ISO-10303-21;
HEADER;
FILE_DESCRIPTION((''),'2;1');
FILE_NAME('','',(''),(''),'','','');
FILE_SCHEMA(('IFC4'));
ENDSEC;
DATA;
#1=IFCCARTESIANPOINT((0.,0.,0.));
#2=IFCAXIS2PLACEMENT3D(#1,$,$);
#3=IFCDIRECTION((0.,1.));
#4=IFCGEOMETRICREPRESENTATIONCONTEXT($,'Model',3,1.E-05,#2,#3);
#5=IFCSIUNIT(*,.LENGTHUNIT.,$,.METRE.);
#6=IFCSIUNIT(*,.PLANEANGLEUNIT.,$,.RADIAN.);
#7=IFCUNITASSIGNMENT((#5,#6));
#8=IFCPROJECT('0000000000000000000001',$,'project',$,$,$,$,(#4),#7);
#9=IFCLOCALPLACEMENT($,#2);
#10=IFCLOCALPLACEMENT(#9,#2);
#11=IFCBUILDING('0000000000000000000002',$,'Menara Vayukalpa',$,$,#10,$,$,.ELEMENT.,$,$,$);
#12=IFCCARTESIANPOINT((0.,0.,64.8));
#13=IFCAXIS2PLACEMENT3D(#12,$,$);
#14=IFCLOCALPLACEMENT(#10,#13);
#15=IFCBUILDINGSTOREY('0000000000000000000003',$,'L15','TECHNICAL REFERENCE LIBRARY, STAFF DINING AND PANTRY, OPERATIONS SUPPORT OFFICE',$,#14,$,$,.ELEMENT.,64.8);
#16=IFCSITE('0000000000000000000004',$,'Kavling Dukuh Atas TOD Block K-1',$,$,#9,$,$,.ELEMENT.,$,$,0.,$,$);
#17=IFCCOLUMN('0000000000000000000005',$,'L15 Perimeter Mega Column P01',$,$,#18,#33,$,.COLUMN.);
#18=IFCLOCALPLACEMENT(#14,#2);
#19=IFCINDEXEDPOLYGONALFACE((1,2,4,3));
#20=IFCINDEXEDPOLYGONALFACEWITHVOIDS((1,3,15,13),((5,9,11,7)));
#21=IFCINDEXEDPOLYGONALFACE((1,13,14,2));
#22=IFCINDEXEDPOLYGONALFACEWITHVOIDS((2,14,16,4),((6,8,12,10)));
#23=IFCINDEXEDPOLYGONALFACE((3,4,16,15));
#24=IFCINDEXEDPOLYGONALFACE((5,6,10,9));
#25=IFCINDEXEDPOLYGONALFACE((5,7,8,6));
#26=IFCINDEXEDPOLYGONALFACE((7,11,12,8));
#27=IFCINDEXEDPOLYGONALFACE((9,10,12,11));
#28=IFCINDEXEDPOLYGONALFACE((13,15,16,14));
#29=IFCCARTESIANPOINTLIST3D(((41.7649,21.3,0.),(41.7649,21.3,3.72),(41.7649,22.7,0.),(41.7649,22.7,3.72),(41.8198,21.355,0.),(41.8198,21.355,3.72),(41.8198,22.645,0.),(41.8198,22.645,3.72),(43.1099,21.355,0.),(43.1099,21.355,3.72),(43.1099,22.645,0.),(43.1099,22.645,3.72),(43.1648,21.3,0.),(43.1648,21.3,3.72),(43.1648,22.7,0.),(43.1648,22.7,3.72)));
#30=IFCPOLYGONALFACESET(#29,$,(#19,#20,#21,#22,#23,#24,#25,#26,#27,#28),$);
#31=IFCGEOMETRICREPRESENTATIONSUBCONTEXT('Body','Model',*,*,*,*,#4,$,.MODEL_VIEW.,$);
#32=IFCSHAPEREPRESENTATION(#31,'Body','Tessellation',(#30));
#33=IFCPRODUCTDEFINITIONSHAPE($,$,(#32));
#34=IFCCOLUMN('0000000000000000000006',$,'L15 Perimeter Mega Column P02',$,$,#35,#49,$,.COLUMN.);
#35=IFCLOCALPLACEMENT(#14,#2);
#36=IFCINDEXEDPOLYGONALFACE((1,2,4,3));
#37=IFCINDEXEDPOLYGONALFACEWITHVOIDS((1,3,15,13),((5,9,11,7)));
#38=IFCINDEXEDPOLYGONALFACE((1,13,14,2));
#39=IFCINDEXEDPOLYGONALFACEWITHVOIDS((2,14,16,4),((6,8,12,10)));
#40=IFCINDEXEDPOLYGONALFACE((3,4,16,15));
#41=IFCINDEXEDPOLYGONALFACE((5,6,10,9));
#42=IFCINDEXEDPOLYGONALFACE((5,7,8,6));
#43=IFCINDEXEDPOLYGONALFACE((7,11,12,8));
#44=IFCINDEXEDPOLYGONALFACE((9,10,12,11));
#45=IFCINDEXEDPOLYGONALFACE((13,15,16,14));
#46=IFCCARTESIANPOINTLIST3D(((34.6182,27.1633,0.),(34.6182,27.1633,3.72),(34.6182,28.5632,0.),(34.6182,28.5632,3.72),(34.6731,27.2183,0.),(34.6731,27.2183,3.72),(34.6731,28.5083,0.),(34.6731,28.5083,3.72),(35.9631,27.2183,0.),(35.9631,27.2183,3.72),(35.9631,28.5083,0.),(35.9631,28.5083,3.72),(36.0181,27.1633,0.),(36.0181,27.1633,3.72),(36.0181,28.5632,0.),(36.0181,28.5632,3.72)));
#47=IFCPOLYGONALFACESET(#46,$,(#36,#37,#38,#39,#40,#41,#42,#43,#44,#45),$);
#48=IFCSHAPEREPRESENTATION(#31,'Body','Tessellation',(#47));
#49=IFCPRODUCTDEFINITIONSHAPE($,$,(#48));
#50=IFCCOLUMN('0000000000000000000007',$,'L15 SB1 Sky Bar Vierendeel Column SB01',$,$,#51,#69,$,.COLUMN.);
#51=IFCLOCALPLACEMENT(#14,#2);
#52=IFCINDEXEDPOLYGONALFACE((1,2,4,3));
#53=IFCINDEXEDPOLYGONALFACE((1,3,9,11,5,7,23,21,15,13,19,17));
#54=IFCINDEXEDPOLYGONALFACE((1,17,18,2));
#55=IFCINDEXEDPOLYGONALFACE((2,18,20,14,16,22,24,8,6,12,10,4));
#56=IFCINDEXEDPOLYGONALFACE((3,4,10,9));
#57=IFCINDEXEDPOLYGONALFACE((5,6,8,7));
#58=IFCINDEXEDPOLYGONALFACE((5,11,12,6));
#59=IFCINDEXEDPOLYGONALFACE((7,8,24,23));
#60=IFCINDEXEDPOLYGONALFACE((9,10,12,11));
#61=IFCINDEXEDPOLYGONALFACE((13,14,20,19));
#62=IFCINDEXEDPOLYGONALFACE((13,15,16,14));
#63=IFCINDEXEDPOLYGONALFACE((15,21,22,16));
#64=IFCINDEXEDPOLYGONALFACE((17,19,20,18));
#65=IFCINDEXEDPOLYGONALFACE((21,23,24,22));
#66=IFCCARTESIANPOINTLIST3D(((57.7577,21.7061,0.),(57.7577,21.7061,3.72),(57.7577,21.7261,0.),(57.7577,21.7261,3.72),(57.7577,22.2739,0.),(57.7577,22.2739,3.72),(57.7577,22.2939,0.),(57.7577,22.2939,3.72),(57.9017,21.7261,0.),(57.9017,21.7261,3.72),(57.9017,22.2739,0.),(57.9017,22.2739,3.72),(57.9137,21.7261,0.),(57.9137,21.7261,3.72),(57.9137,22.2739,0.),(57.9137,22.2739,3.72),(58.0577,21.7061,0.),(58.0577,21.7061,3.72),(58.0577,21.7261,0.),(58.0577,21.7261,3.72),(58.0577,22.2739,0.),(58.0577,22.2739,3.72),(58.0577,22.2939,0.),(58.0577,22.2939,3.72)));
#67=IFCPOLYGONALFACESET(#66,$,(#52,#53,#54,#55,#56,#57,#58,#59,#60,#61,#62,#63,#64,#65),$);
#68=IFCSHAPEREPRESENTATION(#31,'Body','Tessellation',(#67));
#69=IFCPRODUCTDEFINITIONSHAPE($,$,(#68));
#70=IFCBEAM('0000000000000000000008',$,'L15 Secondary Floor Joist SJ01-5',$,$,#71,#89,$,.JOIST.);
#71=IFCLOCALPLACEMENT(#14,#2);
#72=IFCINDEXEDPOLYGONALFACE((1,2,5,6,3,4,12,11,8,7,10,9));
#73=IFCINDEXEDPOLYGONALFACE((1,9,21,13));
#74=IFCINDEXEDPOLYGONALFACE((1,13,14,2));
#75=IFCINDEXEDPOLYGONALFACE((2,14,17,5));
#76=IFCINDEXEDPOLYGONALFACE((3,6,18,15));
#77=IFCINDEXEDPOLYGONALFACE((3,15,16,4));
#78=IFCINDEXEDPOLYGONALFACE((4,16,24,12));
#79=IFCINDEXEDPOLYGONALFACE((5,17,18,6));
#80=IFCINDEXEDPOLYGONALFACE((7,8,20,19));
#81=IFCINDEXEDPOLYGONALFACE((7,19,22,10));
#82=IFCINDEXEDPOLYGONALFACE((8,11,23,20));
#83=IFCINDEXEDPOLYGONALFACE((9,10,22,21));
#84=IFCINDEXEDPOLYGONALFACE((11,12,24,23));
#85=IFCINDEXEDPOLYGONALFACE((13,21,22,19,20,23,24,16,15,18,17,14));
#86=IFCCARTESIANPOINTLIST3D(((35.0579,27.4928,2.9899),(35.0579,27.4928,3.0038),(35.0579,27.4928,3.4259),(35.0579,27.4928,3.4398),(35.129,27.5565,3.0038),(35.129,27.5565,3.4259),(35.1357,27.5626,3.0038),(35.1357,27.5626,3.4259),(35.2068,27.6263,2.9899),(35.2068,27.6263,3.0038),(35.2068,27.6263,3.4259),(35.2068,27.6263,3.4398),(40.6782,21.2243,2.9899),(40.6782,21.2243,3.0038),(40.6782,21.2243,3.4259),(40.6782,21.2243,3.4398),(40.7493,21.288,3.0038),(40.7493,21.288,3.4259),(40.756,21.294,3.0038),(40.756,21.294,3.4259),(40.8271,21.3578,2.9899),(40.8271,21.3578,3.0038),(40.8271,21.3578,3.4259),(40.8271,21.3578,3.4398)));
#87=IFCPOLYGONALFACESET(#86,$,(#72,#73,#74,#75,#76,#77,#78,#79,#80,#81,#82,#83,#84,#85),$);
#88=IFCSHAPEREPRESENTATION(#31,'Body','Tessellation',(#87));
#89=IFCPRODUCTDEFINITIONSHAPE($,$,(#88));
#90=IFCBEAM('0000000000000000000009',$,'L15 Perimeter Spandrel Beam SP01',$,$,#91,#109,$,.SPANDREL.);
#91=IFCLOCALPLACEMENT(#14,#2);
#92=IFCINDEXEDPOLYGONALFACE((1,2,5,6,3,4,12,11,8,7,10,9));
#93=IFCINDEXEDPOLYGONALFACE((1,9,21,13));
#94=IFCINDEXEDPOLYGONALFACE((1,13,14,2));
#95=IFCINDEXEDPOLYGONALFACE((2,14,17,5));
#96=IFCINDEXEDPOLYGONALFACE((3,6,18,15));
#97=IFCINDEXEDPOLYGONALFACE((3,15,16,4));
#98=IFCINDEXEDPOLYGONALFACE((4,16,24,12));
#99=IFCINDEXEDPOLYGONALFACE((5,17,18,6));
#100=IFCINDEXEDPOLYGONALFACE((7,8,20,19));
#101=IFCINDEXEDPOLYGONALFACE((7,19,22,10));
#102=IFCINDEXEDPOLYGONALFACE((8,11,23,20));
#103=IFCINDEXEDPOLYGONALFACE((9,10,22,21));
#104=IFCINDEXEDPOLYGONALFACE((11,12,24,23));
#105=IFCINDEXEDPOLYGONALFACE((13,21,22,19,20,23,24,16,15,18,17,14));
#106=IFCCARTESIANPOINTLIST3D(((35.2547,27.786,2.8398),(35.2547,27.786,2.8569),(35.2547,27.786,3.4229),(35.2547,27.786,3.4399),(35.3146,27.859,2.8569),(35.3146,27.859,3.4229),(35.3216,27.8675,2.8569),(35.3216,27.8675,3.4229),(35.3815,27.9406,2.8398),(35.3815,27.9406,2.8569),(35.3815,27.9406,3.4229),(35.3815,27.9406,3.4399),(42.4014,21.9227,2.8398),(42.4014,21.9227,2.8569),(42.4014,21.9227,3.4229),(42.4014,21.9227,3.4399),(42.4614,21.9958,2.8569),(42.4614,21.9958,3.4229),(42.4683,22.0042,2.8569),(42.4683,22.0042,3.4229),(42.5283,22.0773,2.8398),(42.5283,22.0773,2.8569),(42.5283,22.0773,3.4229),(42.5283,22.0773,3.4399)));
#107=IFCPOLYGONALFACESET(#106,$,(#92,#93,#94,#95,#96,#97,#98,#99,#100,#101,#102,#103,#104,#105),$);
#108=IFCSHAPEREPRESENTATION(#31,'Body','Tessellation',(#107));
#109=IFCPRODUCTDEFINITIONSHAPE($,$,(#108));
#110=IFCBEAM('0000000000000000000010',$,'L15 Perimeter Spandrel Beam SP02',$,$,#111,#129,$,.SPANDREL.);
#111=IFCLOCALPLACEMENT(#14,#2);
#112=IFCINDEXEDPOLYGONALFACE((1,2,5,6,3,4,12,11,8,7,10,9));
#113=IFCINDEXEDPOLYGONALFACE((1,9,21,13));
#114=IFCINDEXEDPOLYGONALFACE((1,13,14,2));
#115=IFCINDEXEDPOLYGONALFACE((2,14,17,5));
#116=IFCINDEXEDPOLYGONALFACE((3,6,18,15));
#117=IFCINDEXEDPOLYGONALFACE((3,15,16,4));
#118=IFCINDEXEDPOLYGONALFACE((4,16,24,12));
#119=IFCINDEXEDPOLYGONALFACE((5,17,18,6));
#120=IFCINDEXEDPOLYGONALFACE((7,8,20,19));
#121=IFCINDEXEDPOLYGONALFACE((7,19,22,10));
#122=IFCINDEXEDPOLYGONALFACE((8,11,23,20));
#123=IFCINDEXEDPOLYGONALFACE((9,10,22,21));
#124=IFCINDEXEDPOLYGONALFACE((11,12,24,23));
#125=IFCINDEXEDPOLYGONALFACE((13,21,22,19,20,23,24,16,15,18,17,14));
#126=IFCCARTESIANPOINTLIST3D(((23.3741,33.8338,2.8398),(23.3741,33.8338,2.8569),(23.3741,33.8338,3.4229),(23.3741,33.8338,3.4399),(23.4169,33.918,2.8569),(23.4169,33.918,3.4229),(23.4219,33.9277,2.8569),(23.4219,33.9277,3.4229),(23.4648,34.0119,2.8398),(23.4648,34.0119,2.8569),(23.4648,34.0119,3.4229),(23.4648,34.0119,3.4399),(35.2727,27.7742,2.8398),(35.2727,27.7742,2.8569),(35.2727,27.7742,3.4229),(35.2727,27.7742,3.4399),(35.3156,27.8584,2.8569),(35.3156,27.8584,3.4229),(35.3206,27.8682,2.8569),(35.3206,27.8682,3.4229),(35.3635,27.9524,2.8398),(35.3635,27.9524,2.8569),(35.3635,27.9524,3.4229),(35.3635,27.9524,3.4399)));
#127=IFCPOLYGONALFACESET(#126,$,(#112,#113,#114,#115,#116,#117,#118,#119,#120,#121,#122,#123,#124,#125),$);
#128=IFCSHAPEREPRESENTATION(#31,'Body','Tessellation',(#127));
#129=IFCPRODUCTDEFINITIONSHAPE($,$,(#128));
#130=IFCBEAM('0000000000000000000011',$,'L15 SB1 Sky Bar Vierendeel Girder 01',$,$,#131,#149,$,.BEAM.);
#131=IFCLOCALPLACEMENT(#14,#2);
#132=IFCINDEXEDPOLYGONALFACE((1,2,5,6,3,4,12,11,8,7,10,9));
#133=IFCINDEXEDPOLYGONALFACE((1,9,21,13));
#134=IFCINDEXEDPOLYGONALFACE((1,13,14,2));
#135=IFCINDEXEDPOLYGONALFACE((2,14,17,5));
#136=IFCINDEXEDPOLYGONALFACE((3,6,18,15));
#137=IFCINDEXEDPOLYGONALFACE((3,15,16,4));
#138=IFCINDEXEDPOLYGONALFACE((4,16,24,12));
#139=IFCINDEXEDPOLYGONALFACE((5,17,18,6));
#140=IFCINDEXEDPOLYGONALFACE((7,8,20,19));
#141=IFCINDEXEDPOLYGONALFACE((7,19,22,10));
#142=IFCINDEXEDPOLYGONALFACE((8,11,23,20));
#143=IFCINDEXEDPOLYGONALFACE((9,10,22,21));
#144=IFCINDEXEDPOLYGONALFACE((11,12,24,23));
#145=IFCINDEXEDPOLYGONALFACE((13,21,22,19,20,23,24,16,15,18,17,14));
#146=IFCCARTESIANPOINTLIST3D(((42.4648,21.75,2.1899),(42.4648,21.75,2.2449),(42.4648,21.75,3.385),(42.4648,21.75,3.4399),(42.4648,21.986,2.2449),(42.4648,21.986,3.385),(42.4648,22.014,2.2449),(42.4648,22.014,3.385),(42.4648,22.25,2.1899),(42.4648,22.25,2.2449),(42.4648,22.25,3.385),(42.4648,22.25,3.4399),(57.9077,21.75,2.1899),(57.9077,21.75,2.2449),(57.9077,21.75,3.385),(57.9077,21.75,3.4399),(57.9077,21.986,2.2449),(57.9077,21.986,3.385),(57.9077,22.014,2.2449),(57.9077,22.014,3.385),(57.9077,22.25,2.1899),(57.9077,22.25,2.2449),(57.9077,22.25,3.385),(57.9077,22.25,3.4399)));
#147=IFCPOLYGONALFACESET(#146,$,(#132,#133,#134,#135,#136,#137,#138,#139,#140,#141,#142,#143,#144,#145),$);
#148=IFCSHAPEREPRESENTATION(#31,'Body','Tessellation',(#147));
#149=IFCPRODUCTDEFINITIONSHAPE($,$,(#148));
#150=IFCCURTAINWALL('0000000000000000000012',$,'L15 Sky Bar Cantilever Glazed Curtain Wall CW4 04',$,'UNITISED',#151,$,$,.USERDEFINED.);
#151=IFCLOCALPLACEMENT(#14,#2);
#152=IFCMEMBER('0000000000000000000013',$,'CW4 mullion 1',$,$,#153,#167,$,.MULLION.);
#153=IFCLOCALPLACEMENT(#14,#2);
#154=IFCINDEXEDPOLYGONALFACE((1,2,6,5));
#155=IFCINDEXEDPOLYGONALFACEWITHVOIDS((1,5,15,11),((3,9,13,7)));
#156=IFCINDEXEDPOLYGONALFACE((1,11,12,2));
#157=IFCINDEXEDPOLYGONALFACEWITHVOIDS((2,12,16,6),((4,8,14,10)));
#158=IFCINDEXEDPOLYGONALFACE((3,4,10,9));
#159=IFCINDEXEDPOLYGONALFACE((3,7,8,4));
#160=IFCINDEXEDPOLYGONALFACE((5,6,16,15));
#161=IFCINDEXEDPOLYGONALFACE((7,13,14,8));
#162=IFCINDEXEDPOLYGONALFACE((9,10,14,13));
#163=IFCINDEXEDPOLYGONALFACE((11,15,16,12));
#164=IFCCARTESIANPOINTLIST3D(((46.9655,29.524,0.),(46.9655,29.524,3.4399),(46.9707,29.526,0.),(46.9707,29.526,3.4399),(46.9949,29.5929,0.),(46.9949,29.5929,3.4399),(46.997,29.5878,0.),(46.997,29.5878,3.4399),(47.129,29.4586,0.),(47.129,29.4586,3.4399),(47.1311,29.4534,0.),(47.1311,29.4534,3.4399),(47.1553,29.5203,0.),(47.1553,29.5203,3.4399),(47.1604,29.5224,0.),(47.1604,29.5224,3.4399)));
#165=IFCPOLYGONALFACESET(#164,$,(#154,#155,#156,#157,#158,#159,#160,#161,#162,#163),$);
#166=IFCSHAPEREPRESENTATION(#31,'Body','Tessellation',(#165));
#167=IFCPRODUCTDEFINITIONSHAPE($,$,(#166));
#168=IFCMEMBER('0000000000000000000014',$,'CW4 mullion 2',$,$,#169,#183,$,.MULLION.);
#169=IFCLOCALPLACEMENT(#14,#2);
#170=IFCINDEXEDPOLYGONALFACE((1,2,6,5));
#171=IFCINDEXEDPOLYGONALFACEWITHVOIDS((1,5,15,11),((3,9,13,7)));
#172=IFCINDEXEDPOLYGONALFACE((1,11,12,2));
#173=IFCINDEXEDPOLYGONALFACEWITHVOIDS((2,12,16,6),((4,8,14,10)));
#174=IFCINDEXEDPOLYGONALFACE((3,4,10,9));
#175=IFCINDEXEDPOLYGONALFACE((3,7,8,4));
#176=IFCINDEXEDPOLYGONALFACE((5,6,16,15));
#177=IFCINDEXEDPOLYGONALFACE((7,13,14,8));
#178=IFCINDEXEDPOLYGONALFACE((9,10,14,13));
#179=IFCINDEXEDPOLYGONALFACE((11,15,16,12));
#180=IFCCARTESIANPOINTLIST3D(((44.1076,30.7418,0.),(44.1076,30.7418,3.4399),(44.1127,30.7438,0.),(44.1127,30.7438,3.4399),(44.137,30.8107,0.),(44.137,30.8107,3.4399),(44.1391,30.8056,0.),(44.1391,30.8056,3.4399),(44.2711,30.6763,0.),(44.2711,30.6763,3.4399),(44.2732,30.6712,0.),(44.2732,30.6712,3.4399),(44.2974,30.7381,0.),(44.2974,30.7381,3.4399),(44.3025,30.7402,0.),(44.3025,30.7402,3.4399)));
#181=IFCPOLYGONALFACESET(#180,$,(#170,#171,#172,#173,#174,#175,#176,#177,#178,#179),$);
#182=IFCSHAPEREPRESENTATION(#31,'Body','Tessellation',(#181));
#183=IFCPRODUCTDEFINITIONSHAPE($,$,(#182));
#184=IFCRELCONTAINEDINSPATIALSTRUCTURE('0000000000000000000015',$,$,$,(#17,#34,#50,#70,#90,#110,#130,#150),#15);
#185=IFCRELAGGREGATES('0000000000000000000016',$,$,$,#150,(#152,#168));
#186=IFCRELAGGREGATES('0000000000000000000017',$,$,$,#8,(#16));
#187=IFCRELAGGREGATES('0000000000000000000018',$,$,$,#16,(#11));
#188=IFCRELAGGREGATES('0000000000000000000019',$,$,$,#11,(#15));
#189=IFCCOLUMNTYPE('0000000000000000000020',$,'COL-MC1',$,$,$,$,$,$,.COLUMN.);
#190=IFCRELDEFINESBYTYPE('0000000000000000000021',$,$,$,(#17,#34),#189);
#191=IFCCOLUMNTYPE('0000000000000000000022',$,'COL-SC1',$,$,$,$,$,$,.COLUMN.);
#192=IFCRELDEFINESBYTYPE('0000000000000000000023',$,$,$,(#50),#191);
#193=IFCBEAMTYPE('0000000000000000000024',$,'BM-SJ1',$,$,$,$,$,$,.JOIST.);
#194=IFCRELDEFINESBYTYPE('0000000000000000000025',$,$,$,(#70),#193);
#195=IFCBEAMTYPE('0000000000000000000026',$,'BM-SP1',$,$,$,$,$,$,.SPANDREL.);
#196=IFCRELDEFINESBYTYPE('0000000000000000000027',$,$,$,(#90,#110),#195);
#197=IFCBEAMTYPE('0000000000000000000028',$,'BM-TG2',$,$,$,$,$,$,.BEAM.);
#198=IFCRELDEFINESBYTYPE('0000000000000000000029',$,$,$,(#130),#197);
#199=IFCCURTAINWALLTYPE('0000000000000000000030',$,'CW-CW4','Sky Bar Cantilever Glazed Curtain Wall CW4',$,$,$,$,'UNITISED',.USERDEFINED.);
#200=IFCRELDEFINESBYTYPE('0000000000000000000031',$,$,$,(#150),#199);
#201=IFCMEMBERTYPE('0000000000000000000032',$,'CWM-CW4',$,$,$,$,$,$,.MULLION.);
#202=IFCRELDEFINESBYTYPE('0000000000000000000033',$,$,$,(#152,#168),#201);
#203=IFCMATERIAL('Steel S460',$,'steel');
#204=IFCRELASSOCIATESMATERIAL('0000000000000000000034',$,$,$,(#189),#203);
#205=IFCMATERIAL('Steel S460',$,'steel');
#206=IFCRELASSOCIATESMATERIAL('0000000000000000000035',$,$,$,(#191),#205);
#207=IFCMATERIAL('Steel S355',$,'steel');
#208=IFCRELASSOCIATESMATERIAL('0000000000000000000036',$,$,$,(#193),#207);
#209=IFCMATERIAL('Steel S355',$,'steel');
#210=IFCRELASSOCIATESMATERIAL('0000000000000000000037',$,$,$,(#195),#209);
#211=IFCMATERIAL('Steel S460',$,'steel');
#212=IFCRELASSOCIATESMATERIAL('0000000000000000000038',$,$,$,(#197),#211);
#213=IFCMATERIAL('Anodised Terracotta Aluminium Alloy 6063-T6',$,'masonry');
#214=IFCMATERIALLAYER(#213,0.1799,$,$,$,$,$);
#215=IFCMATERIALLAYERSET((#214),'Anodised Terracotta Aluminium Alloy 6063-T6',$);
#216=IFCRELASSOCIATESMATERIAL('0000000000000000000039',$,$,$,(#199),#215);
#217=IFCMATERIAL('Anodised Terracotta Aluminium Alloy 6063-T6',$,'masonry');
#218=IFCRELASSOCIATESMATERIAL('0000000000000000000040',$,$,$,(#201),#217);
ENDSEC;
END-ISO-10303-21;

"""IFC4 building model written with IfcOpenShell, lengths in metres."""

from ifc_helpers import new_model, si_unit, direction, frame, origin, origin_2d, place, context, subcontext, project, spatial, hollow_rectangle, i_section, extrude, material, layer, layer_set, material_profile, profile_set, type_object, element, aggregate, save


model = new_model("IFC4")

# Units and contexts
model_context = context("Model", 3, precision=1e-05, world=origin(), true_north=direction((0.0, 1.0)))
body_context = subcontext(model_context, "Body", "Model", "MODEL_VIEW")
ifc_project = project(units=[si_unit("LENGTHUNIT", "METRE"), si_unit("PLANEANGLEUNIT", "RADIAN")], contexts=[model_context])

# Site, building, storey
site_placement = place(None, origin())
site = spatial("IfcSite", under=ifc_project, at=site_placement, Name="Kavling Dukuh Atas TOD Block K-1", CompositionType="ELEMENT", RefElevation=0.0)
building_placement = place(site_placement, origin())
building = spatial("IfcBuilding", under=site, at=building_placement, Name="Menara Vayukalpa", CompositionType="ELEMENT")
storey_placement = place(building_placement, frame((0.0, 0.0, 64.8)))
storey = spatial("IfcBuildingStorey", under=building, at=storey_placement, Name="L15", Description="TECHNICAL REFERENCE LIBRARY, STAFF DINING AND PANTRY, OPERATIONS SUPPORT OFFICE", CompositionType="ELEMENT", Elevation=64.8)

# Columns
ifc_material_1 = material(Name="Steel S460", Category="steel")
ifc_material_profile_1 = material_profile(ifc_material_1, hollow_rectangle(XDim=1.3999, YDim=1.3999, WallThickness=0.0549, at=origin_2d()), Name="BOX 1400x1400x55")
ifc_profile_set_1 = profile_set([ifc_material_profile_1], Name="Steel S460")
column_type_1 = type_object("IfcColumnType", Name="COL-MC1", PredefinedType="COLUMN", material=ifc_profile_set_1)
for number, where, z_axis, x_axis, name in (
    (1, (42.4648, 22.0, 0.0), (0.0, 0.0, 1.0), (1.0, 0.0, 0.0), "L15 Perimeter Mega Column P01"),
    (2, (35.3181, 27.8633, 0.0), (0.0, 0.0, 1.0), (1.0, 0.0, 0.0), "L15 Perimeter Mega Column P02"),
):
    element("IfcColumn", number, at=place(storey_placement, frame(where, z_axis=z_axis, x_axis=x_axis)), inside=storey, type_object=column_type_1, Name=name, PredefinedType="COLUMN", context=body_context, shape_type="SweptSolid", body=[
        extrude(hollow_rectangle(XDim=1.3999, YDim=1.3999, WallThickness=0.0549, at=origin_2d()), origin(), (0.0, 0.0, 1.0), 3.72),
    ])
ifc_material_2 = material(Name="Steel S460", Category="steel")
ifc_material_profile_2 = material_profile(ifc_material_2, i_section(OverallWidth=0.3, OverallDepth=0.5879, WebThickness=0.012, FlangeThickness=0.02, at=origin_2d()), Name="H 588x300x12x20")
ifc_profile_set_2 = profile_set([ifc_material_profile_2], Name="Steel S460")
column_type_2 = type_object("IfcColumnType", Name="COL-SC1", PredefinedType="COLUMN", material=ifc_profile_set_2)
column_placement = place(storey_placement, frame((57.9077, 22.0, 0.0), z_axis=(0.0, 0.0, 1.0), x_axis=(1.0, 0.0, 0.0)))
element("IfcColumn", 3, at=column_placement, inside=storey, type_object=column_type_2, Name="L15 SB1 Sky Bar Vierendeel Column SB01", PredefinedType="COLUMN", context=body_context, shape_type="SweptSolid", body=[
    extrude(i_section(OverallWidth=0.3, OverallDepth=0.5879, WebThickness=0.012, FlangeThickness=0.02, at=origin_2d()), origin(), (0.0, 0.0, 1.0), 3.72),
])

# Beams
ifc_material_3 = material(Name="Steel S355", Category="steel")
ifc_material_profile_3 = material_profile(ifc_material_3, i_section(OverallWidth=0.2, OverallDepth=0.45, WebThickness=0.009, FlangeThickness=0.0139, at=origin_2d()), Name="WF 450x200x9x14")
ifc_profile_set_3 = profile_set([ifc_material_profile_3], Name="Steel S355")
beam_type_1 = type_object("IfcBeamType", Name="BM-SJ1", PredefinedType="JOIST", material=ifc_profile_set_3)
beam_1_placement = place(storey_placement, frame((40.7527, 21.291, 3.2148), z_axis=(-0.667563, 0.744553, 0.0), x_axis=(-0.744553, -0.667563, 0.0)))
element("IfcBeam", 4, at=beam_1_placement, inside=storey, type_object=beam_type_1, Name="L15 Secondary Floor Joist SJ01-5", PredefinedType="JOIST", context=body_context, shape_type="SweptSolid", body=[
    extrude(i_section(OverallWidth=0.2, OverallDepth=0.45, WebThickness=0.009, FlangeThickness=0.0139, at=origin_2d()), origin(), (0.0, 0.0, 1.0), 8.4192),
])
ifc_material_4 = material(Name="Steel S355", Category="steel")
ifc_material_profile_4 = material_profile(ifc_material_4, i_section(OverallWidth=0.2, OverallDepth=0.6001, WebThickness=0.011, FlangeThickness=0.0171, at=origin_2d()), Name="WF 600x200x11x17")
ifc_profile_set_4 = profile_set([ifc_material_profile_4], Name="Steel S355")
beam_type_2 = type_object("IfcBeamType", Name="BM-SP1", PredefinedType="SPANDREL", material=ifc_profile_set_4)
beam_2_placement = place(storey_placement, frame((42.4648, 22.0, 3.1399), z_axis=(-0.773111, 0.634271, 0.0), x_axis=(-0.634271, -0.773111, 0.0)))
element("IfcBeam", 5, at=beam_2_placement, inside=storey, type_object=beam_type_2, Name="L15 Perimeter Spandrel Beam SP01", PredefinedType="SPANDREL", context=body_context, shape_type="SweptSolid", body=[
    extrude(i_section(OverallWidth=0.2, OverallDepth=0.6001, WebThickness=0.011, FlangeThickness=0.0171, at=origin_2d()), origin(), (0.0, 0.0, 1.0), 9.2441),
])
beam_3_placement = place(storey_placement, frame((35.3181, 27.8633, 3.1399), z_axis=(-0.891101, 0.453806, 0.0), x_axis=(-0.453806, -0.891101, 0.0)))
element("IfcBeam", 6, at=beam_3_placement, inside=storey, type_object=beam_type_2, Name="L15 Perimeter Spandrel Beam SP02", PredefinedType="SPANDREL", context=body_context, shape_type="SweptSolid", body=[
    extrude(i_section(OverallWidth=0.2, OverallDepth=0.6001, WebThickness=0.011, FlangeThickness=0.0171, at=origin_2d()), origin(), (0.0, 0.0, 1.0), 13.3528),
])
ifc_material_5 = material(Name="Steel S460", Category="steel")
ifc_material_profile_5 = material_profile(ifc_material_5, i_section(OverallWidth=0.5, OverallDepth=1.25, WebThickness=0.0281, FlangeThickness=0.0549, at=origin_2d()), Name="WG 1250x500x28x55")
ifc_profile_set_5 = profile_set([ifc_material_profile_5], Name="Steel S460")
beam_type_3 = type_object("IfcBeamType", Name="BM-TG2", PredefinedType="BEAM", material=ifc_profile_set_5)
beam_4_placement = place(storey_placement, frame((42.4648, 22.0, 2.8149), z_axis=(1.0, 0.0, 0.0), x_axis=(0.0, 1.0, 0.0)))
element("IfcBeam", 7, at=beam_4_placement, inside=storey, type_object=beam_type_3, Name="L15 SB1 Sky Bar Vierendeel Girder 01", PredefinedType="BEAM", context=body_context, shape_type="SweptSolid", body=[
    extrude(i_section(OverallWidth=0.5, OverallDepth=1.25, WebThickness=0.0281, FlangeThickness=0.0549, at=origin_2d()), origin(), (0.0, 0.0, 1.0), 15.4429),
])

# Curtain wall, members
ifc_material_6 = material(Name="Anodised Terracotta Aluminium Alloy 6063-T6", Category="masonry")
ifc_layer_1 = layer(ifc_material_6, 0.1799)
ifc_layer_set_1 = layer_set([ifc_layer_1], Name="Anodised Terracotta Aluminium Alloy 6063-T6")
curtain_wall_type = type_object("IfcCurtainWallType", Name="CW-CW4", Description="Sky Bar Cantilever Glazed Curtain Wall CW4", ElementType="UNITISED", PredefinedType="USERDEFINED", material=ifc_layer_set_1)
curtain_wall_1_placement = place(storey_placement, origin())
curtain_wall_1 = element("IfcCurtainWall", 8, at=curtain_wall_1_placement, inside=storey, type_object=curtain_wall_type, Name="L15 Sky Bar Cantilever Glazed Curtain Wall CW4 04", ObjectType="UNITISED", PredefinedType="USERDEFINED")
ifc_material_7 = material(Name="Anodised Terracotta Aluminium Alloy 6063-T6", Category="masonry")
ifc_material_profile_6 = material_profile(ifc_material_7, hollow_rectangle(XDim=0.075, YDim=0.1799, WallThickness=0.0039, at=origin_2d()), Name="ALU 75x180x4")
ifc_profile_set_6 = profile_set([ifc_material_profile_6], Name="Anodised Terracotta Aluminium Alloy 6063-T6")
member_type_1 = type_object("IfcMemberType", Name="CWM-CW4", PredefinedType="MULLION", material=ifc_profile_set_6)
member_1_placement = place(storey_placement, frame((47.063, 29.5232, 0.0), z_axis=(0.0, 0.0, 1.0), x_axis=(-0.392008, -0.919962, 0.0)))
member_1 = element("IfcMember", 9, at=member_1_placement, type_object=member_type_1, Name="CW4 mullion 1", PredefinedType="MULLION", context=body_context, shape_type="SweptSolid", body=[
    extrude(hollow_rectangle(XDim=0.075, YDim=0.1799, WallThickness=0.0039, at=origin_2d()), origin(), (0.0, 0.0, 1.0), 3.4399),
])
member_2_placement = place(storey_placement, frame((44.2051, 30.741, 0.0), z_axis=(0.0, 0.0, 1.0), x_axis=(-0.392008, -0.919962, 0.0)))
member_2 = element("IfcMember", 10, at=member_2_placement, type_object=member_type_1, Name="CW4 mullion 2", PredefinedType="MULLION", context=body_context, shape_type="SweptSolid", body=[
    extrude(hollow_rectangle(XDim=0.075, YDim=0.1799, WallThickness=0.0039, at=origin_2d()), origin(), (0.0, 0.0, 1.0), 3.4399),
])

aggregate(curtain_wall_1, [member_1, member_2])

save(model, "model.ifc")
